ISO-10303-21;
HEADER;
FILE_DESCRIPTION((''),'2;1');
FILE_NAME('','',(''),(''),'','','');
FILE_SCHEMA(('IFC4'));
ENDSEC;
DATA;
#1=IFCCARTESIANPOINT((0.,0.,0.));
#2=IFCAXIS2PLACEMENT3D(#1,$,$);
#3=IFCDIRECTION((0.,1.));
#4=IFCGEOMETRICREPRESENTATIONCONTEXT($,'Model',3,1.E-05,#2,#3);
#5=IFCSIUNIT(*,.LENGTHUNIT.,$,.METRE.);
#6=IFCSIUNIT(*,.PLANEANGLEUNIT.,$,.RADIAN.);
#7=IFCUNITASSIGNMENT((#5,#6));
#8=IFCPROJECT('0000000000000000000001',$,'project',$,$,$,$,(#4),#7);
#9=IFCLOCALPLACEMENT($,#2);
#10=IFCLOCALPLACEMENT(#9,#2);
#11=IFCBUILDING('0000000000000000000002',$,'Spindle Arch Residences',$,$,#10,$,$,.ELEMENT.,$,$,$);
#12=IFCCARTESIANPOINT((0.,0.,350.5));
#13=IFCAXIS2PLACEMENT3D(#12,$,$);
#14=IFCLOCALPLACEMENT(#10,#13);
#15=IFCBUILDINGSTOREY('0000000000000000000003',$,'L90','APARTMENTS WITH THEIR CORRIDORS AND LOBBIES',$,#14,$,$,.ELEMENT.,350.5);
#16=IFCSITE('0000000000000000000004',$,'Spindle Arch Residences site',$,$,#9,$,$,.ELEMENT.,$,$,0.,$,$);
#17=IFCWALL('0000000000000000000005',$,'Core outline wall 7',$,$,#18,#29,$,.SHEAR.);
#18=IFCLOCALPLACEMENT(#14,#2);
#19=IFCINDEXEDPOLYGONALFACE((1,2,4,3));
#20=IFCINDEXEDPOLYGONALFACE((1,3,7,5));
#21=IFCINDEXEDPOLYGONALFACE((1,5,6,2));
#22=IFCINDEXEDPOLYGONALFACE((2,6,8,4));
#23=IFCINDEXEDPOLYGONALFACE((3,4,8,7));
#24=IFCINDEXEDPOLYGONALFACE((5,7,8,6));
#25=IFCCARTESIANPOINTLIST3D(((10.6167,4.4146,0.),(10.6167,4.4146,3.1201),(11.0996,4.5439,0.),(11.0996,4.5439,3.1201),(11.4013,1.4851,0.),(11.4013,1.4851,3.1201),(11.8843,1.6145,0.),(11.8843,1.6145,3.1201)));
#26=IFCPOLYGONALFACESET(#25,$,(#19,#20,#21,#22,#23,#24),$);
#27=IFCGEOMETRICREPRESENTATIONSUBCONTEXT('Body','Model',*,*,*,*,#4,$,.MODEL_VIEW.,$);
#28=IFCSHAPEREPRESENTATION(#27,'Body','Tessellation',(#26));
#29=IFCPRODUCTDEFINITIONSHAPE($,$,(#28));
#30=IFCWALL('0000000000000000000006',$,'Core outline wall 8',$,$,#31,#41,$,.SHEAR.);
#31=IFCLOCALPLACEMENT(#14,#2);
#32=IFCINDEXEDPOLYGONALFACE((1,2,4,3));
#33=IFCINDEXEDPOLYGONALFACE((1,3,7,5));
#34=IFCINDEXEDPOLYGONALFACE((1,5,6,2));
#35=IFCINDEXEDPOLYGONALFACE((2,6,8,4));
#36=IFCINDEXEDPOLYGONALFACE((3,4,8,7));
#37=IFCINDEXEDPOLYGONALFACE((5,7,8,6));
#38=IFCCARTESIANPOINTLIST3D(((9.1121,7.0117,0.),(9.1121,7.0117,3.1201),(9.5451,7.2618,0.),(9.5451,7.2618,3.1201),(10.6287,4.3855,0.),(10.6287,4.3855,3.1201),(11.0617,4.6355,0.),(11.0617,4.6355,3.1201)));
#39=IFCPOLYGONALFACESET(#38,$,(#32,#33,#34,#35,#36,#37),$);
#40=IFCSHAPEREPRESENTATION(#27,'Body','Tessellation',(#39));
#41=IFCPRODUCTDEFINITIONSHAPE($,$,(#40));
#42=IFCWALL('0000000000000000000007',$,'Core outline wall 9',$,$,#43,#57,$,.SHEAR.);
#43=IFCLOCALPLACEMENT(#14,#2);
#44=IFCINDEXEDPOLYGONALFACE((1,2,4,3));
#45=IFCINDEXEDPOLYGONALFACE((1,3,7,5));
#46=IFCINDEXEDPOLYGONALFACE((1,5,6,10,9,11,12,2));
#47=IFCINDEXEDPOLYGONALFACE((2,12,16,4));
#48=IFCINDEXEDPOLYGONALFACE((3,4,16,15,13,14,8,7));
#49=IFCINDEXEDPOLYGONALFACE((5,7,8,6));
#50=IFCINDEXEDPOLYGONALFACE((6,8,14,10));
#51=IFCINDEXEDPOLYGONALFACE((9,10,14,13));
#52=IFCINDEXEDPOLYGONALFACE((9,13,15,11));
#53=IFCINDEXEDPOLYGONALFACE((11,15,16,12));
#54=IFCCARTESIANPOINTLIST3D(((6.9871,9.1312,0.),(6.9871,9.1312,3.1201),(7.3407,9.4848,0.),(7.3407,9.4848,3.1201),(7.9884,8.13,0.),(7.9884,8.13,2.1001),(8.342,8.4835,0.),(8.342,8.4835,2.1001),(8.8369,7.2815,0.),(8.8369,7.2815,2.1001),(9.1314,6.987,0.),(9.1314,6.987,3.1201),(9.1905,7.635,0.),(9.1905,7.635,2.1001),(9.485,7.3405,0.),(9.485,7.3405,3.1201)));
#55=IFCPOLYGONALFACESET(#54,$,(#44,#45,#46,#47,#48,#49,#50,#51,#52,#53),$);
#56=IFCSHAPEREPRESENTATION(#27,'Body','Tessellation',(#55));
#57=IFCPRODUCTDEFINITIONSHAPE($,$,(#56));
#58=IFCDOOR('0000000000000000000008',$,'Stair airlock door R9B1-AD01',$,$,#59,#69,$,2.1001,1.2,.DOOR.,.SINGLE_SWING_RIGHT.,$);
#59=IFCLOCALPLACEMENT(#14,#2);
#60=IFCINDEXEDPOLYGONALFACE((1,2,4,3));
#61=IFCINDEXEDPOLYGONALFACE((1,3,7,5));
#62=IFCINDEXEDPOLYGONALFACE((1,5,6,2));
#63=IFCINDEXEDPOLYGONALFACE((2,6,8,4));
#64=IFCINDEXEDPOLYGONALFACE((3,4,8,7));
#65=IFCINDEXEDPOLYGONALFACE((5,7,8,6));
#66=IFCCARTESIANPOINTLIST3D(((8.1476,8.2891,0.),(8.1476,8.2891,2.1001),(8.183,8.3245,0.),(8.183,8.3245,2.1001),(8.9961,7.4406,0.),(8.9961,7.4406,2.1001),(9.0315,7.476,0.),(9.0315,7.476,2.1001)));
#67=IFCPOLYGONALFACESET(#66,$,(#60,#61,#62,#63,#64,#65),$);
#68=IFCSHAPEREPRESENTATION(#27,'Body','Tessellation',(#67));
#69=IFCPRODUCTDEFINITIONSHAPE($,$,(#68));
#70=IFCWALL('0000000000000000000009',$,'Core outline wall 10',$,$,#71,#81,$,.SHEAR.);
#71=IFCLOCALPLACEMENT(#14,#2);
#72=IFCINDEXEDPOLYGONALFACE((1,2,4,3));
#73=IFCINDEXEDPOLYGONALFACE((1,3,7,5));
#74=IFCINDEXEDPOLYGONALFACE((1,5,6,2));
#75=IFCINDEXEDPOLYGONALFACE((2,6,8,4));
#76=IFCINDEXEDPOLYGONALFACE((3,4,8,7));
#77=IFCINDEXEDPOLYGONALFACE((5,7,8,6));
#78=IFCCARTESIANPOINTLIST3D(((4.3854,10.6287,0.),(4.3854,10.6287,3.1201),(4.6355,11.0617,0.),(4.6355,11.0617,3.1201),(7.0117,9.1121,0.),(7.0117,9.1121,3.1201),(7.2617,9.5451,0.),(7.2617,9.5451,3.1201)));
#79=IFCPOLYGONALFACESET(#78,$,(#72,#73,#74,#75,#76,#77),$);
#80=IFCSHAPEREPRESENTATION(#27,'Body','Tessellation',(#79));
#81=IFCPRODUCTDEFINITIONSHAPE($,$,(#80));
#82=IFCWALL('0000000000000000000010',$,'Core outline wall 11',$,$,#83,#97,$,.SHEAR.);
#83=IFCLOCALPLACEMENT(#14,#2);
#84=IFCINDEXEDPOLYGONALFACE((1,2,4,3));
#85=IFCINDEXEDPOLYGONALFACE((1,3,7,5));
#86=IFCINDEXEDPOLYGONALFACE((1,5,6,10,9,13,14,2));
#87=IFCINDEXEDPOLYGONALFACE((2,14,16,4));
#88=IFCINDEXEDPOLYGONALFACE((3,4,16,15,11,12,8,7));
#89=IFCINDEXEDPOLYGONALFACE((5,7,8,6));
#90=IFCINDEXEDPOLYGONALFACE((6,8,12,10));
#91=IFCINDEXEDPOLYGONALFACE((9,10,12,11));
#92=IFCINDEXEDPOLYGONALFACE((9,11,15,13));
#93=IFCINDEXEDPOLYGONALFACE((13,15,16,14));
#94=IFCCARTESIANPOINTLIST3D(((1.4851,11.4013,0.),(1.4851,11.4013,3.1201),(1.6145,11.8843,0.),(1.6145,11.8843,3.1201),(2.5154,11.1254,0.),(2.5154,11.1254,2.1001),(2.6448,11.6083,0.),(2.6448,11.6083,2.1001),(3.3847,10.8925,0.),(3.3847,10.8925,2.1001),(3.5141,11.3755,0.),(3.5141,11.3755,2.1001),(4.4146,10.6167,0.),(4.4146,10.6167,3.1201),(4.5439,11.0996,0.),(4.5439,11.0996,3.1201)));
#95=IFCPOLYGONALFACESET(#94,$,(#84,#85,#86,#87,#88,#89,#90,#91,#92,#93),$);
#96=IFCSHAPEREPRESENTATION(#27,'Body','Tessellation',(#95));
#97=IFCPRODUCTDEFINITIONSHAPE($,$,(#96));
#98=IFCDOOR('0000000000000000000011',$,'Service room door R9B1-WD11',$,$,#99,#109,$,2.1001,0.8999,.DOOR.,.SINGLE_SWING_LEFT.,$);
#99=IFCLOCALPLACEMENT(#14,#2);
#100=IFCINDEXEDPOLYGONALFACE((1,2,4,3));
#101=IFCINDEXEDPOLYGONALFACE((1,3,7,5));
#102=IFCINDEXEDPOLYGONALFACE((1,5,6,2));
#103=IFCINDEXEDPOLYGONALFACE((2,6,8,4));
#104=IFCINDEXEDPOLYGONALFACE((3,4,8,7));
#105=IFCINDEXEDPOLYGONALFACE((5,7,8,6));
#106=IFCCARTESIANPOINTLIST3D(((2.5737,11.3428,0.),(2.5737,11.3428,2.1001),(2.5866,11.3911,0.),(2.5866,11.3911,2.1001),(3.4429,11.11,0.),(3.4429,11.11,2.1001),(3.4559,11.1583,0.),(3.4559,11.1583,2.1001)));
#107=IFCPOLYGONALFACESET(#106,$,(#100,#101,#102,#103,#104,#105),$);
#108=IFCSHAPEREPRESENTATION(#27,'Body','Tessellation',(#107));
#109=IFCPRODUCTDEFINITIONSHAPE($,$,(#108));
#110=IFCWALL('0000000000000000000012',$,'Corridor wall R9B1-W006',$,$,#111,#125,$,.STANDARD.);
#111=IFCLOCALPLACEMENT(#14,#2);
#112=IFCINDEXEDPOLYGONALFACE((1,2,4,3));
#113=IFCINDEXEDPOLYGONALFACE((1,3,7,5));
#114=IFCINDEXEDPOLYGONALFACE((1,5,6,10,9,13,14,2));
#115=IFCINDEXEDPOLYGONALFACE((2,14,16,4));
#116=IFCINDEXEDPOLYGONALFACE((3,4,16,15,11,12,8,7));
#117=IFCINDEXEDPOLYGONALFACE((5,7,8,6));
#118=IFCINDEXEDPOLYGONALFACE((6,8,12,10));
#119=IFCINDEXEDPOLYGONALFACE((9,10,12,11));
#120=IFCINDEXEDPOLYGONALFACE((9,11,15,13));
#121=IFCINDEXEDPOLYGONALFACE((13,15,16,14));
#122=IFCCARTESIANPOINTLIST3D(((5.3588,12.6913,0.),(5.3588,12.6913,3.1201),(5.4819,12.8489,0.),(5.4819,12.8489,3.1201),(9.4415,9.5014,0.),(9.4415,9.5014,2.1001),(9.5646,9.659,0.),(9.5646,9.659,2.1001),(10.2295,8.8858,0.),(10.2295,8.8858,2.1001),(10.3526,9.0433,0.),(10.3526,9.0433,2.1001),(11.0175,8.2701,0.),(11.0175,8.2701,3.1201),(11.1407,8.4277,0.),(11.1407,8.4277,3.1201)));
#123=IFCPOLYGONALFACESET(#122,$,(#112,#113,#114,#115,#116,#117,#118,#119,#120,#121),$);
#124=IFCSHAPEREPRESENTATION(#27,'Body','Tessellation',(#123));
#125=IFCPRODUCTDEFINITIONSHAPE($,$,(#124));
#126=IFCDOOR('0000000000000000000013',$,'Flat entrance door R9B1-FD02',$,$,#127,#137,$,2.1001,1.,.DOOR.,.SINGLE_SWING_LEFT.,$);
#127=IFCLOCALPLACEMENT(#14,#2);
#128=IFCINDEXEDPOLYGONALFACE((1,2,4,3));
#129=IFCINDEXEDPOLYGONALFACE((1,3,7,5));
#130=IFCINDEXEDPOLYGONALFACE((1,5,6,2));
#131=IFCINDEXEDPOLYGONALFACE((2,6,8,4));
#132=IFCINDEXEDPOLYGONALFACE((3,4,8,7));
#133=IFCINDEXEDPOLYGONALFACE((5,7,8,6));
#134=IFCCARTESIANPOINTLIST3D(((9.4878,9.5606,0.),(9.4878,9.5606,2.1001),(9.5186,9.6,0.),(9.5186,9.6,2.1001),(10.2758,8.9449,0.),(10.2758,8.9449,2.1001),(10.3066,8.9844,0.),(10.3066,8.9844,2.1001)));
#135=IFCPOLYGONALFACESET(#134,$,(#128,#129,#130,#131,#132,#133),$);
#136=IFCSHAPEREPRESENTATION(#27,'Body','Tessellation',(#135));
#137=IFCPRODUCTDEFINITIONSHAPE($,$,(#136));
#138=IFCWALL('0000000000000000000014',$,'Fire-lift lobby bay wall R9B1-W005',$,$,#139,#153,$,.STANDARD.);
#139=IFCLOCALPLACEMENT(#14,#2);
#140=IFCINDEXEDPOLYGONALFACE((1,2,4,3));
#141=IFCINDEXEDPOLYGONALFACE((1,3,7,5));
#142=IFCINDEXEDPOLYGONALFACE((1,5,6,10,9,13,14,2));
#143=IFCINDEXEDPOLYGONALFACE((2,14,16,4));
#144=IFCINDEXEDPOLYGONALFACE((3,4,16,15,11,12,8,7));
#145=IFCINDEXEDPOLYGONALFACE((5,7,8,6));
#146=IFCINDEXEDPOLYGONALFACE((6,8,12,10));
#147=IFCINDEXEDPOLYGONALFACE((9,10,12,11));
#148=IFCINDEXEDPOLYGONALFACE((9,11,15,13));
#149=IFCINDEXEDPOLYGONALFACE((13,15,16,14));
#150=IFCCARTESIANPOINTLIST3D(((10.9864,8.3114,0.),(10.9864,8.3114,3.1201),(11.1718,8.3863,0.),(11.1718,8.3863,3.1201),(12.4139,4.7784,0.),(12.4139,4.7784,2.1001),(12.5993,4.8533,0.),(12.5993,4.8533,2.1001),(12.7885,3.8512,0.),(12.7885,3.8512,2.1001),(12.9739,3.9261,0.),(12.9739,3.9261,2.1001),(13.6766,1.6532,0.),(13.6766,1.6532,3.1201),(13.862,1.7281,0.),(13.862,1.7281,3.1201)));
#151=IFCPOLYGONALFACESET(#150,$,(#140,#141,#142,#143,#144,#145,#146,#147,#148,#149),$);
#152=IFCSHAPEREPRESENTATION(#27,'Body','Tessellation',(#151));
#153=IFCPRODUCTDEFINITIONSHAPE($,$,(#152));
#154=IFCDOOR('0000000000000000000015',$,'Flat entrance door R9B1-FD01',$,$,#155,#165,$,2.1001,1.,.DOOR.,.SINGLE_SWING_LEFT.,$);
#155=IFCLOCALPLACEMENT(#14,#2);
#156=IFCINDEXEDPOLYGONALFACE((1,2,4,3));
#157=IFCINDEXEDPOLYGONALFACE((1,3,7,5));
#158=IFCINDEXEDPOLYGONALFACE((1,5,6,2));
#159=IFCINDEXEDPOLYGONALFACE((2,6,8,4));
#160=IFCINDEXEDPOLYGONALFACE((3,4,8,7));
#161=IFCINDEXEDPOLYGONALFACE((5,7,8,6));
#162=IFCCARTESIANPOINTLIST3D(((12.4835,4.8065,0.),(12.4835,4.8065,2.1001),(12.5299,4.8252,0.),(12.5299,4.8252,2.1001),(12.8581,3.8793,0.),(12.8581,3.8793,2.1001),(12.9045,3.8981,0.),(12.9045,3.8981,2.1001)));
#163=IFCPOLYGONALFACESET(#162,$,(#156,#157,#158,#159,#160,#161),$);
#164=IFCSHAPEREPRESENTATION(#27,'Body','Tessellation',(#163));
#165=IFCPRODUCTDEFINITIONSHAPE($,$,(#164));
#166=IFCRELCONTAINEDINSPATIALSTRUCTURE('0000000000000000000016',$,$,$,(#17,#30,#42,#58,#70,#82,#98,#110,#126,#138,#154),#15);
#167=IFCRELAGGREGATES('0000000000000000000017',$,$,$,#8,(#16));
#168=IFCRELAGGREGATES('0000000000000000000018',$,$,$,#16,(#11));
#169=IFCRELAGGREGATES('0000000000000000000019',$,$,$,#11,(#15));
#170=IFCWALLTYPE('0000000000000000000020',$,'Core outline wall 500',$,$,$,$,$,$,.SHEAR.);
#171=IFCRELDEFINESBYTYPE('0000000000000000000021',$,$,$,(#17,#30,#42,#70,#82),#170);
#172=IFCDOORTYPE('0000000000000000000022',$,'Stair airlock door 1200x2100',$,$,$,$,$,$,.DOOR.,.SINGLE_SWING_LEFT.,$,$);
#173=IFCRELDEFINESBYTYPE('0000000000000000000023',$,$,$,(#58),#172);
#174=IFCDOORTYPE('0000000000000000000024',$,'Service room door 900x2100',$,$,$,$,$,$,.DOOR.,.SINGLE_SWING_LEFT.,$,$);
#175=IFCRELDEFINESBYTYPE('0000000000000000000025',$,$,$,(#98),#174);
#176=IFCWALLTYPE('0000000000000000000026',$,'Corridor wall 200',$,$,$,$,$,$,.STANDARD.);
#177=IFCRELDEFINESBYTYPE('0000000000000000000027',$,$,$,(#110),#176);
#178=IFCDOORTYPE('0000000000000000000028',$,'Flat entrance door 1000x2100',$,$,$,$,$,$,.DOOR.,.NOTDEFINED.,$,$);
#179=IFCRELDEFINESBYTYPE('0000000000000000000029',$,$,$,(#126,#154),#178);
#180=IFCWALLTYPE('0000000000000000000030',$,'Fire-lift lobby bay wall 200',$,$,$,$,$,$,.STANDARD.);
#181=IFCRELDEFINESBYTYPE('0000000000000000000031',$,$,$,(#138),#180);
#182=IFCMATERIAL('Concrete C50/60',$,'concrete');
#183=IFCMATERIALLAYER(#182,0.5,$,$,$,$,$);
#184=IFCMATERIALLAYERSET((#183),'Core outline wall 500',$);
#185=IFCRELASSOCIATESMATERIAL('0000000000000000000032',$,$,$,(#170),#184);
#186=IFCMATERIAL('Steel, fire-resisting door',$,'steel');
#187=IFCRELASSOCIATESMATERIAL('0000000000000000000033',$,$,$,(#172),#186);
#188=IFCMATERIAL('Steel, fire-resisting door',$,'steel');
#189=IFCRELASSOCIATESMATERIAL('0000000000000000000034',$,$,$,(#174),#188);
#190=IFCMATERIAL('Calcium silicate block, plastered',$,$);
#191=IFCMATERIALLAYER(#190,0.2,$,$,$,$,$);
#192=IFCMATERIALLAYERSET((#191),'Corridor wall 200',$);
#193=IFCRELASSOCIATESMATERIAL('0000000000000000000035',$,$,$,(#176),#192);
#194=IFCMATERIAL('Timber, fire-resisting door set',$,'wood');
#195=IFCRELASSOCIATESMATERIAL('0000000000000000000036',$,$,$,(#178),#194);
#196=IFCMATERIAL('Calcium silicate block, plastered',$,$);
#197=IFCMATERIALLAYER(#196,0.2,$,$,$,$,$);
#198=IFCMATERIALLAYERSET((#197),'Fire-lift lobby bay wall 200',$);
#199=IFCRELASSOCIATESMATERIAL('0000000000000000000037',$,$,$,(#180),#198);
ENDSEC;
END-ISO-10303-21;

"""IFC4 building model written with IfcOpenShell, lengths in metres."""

from ifc_helpers import new_model, si_unit, direction, frame, frame_2d, origin, place, context, subcontext, project, spatial, rectangle, extrude, material, layer, layer_set, type_object, element, fill, save


model = new_model("IFC4")

# Units and contexts
model_context = context("Model", 3, precision=1e-05, world=origin(), true_north=direction((0.0, 1.0)))
body_context = subcontext(model_context, "Body", "Model", "MODEL_VIEW")
ifc_project = project(units=[si_unit("LENGTHUNIT", "METRE"), si_unit("PLANEANGLEUNIT", "RADIAN")], contexts=[model_context])

# Site, building, storey
site_placement = place(None, origin())
site = spatial("IfcSite", under=ifc_project, at=site_placement, Name="Spindle Arch Residences site", CompositionType="ELEMENT", RefElevation=0.0)
building_placement = place(site_placement, origin())
building = spatial("IfcBuilding", under=site, at=building_placement, Name="Spindle Arch Residences", CompositionType="ELEMENT")
storey_placement = place(building_placement, frame((0.0, 0.0, 350.5)))
storey = spatial("IfcBuildingStorey", under=building, at=storey_placement, Name="L90", Description="APARTMENTS WITH THEIR CORRIDORS AND LOBBIES", CompositionType="ELEMENT", Elevation=350.5)

# Walls
ifc_material_1 = material(Name="Concrete C50/60", Category="concrete")
ifc_layer_1 = layer(ifc_material_1, 0.5)
ifc_layer_set_1 = layer_set([ifc_layer_1], Name="Core outline wall 500")
wall_type_1 = type_object("IfcWallType", Name="Core outline wall 500", PredefinedType="SHEAR", material=ifc_layer_set_1)
for number, where, z_axis, x_axis, name in (
    (1, (11.6428, 1.5498, 0.0), (0.0, 0.0, 1.0), (-0.258735, 0.965948, 0.0), "Core outline wall 7"),
    (2, (10.8452, 4.5105, 0.0), (0.0, 0.0, 1.0), (-0.500087, 0.865975, 0.0), "Core outline wall 8"),
):
    element("IfcWall", number, at=place(storey_placement, frame(where, z_axis=z_axis, x_axis=x_axis)), inside=storey, type_object=wall_type_1, Name=name, PredefinedType="SHEAR", context=body_context, shape_type="SweptSolid", body=[
        extrude(rectangle(XDim=3.0327, YDim=0.5, at=frame_2d((1.5164, 0.0))), origin(), (0.0, 0.0, 1.0), 3.1201),
    ])

# Wall, opening, door
wall_1_placement = place(storey_placement, frame((9.3081, 7.1638, 0.0), z_axis=(0.0, 0.0, 1.0), x_axis=(-0.707107, 0.707107, 0.0)))
wall_1 = element("IfcWall", 3, at=wall_1_placement, inside=storey, type_object=wall_type_1, Name="Core outline wall 9", PredefinedType="SHEAR", context=body_context, shape_type="SweptSolid", body=[
    extrude(rectangle(XDim=3.0325, YDim=0.5, at=frame_2d((1.5161, 0.0))), origin(), (0.0, 0.0, 1.0), 3.1201),
])
opening_1_placement = place(wall_1_placement, frame((0.4163, 0.0, 0.0)))
opening_1 = element("IfcOpeningElement", 4, at=opening_1_placement, cuts=wall_1, PredefinedType="OPENING", context=body_context, shape_type="SweptSolid", body=[
    extrude(rectangle(XDim=1.2, YDim=2.1001, at=frame_2d((0.6001, 1.05))), frame((0.0, 0.26, 0.0), z_axis=(0.0, -1.0, 0.0), x_axis=(1.0, 0.0, 0.0)), (0.0, 0.0, 1.0), 0.52),
])
ifc_material_2 = material(Name="Steel, fire-resisting door", Category="steel")
door_type_1 = type_object("IfcDoorType", Name="Stair airlock door 1200x2100", OperationType="SINGLE_SWING_LEFT", PredefinedType="DOOR", material=ifc_material_2)
door_1_placement = place(opening_1_placement, origin())
door_1 = element("IfcDoor", 5, at=door_1_placement, inside=storey, type_object=door_type_1, Name="Stair airlock door R9B1-AD01", OperationType="SINGLE_SWING_RIGHT", OverallHeight=2.1001, OverallWidth=1.2, PredefinedType="DOOR", context=body_context, shape_type="SweptSolid", body=[
    extrude(rectangle(XDim=1.2, YDim=2.1001, at=frame_2d((0.6001, 1.05))), frame((0.0, 0.0249, 0.0), z_axis=(0.0, -1.0, 0.0), x_axis=(1.0, 0.0, 0.0)), (0.0, 0.0, 1.0), 0.05),
])
fill(opening_1, door_1)

# Wall
wall_2_placement = place(storey_placement, frame((7.1367, 9.3286, 0.0), z_axis=(0.0, 0.0, 1.0), x_axis=(-0.865975, 0.500087, 0.0)))
element("IfcWall", 6, at=wall_2_placement, inside=storey, type_object=wall_type_1, Name="Core outline wall 10", PredefinedType="SHEAR", context=body_context, shape_type="SweptSolid", body=[
    extrude(rectangle(XDim=3.0327, YDim=0.5, at=frame_2d((1.5164, 0.0))), origin(), (0.0, 0.0, 1.0), 3.1201),
])

# Walls, openings, doors
wall_3_placement = place(storey_placement, frame((4.4792, 10.8582, 0.0), z_axis=(0.0, 0.0, 1.0), x_axis=(-0.965948, 0.258735, 0.0)))
wall_3 = element("IfcWall", 7, at=wall_3_placement, inside=storey, type_object=wall_type_1, Name="Core outline wall 11", PredefinedType="SHEAR", context=body_context, shape_type="SweptSolid", body=[
    extrude(rectangle(XDim=3.0327, YDim=0.5, at=frame_2d((1.5164, 0.0))), origin(), (0.0, 0.0, 1.0), 3.1201),
])
opening_2_placement = place(wall_3_placement, frame((1.0662, 0.0, 0.0)))
opening_2 = element("IfcOpeningElement", 8, at=opening_2_placement, cuts=wall_3, PredefinedType="OPENING", context=body_context, shape_type="SweptSolid", body=[
    extrude(rectangle(XDim=0.8999, YDim=2.1001, at=frame_2d((0.45, 1.05))), frame((0.0, 0.26, 0.0), z_axis=(0.0, -1.0, 0.0), x_axis=(1.0, 0.0, 0.0)), (0.0, 0.0, 1.0), 0.52),
])
ifc_material_3 = material(Name="Steel, fire-resisting door", Category="steel")
door_type_2 = type_object("IfcDoorType", Name="Service room door 900x2100", OperationType="SINGLE_SWING_LEFT", PredefinedType="DOOR", material=ifc_material_3)
door_2_placement = place(opening_2_placement, origin())
door_2 = element("IfcDoor", 9, at=door_2_placement, inside=storey, type_object=door_type_2, Name="Service room door R9B1-WD11", OperationType="SINGLE_SWING_LEFT", OverallHeight=2.1001, OverallWidth=0.8999, PredefinedType="DOOR", context=body_context, shape_type="SweptSolid", body=[
    extrude(rectangle(XDim=0.8999, YDim=2.1001, at=frame_2d((0.45, 1.05))), frame((0.0, 0.0249, 0.0), z_axis=(0.0, -1.0, 0.0), x_axis=(1.0, 0.0, 0.0)), (0.0, 0.0, 1.0), 0.05),
])
fill(opening_2, door_2)
ifc_material_4 = material(Name="Calcium silicate block, plastered")
ifc_layer_2 = layer(ifc_material_4, 0.2)
ifc_layer_set_2 = layer_set([ifc_layer_2], Name="Corridor wall 200")
wall_type_2 = type_object("IfcWallType", Name="Corridor wall 200", PredefinedType="STANDARD", material=ifc_layer_set_2)
wall_4_placement = place(storey_placement, frame((11.0791, 8.3489, 0.0), z_axis=(0.0, 0.0, 1.0), x_axis=(-0.788005, 0.615669, 0.0)))
wall_4 = element("IfcWall", 10, at=wall_4_placement, inside=storey, type_object=wall_type_2, Name="Corridor wall R9B1-W006", PredefinedType="STANDARD", context=body_context, shape_type="SweptSolid", body=[
    extrude(rectangle(XDim=7.1812, YDim=0.2, at=frame_2d((3.5906, 0.0))), origin(), (0.0, 0.0, 1.0), 3.1201),
])
opening_3_placement = place(wall_4_placement, frame((1.0, 0.0, 0.0)))
opening_3 = element("IfcOpeningElement", 11, at=opening_3_placement, cuts=wall_4, PredefinedType="OPENING", context=body_context, shape_type="SweptSolid", body=[
    extrude(rectangle(XDim=1.0, YDim=2.1001, at=frame_2d((0.5, 1.05))), frame((0.0, 0.1099, 0.0), z_axis=(0.0, -1.0, 0.0), x_axis=(1.0, 0.0, 0.0)), (0.0, 0.0, 1.0), 0.22),
])
ifc_material_5 = material(Name="Timber, fire-resisting door set", Category="wood")
door_type_3 = type_object("IfcDoorType", Name="Flat entrance door 1000x2100", OperationType="NOTDEFINED", PredefinedType="DOOR", material=ifc_material_5)
door_3_placement = place(opening_3_placement, origin())
door_3 = element("IfcDoor", 12, at=door_3_placement, inside=storey, type_object=door_type_3, Name="Flat entrance door R9B1-FD02", OperationType="SINGLE_SWING_LEFT", OverallHeight=2.1001, OverallWidth=1.0, PredefinedType="DOOR", context=body_context, shape_type="SweptSolid", body=[
    extrude(rectangle(XDim=1.0, YDim=2.1001, at=frame_2d((0.5, 1.05))), frame((0.0, 0.0249, 0.0), z_axis=(0.0, -1.0, 0.0), x_axis=(1.0, 0.0, 0.0)), (0.0, 0.0, 1.0), 0.05),
])
fill(opening_3, door_3)
ifc_material_6 = material(Name="Calcium silicate block, plastered")
ifc_layer_3 = layer(ifc_material_6, 0.2)
ifc_layer_set_3 = layer_set([ifc_layer_3], Name="Fire-lift lobby bay wall 200")
wall_type_3 = type_object("IfcWallType", Name="Fire-lift lobby bay wall 200", PredefinedType="STANDARD", material=ifc_layer_set_3)
wall_5_placement = place(storey_placement, frame((13.7693, 1.6907, 0.0), z_axis=(0.0, 0.0, 1.0), x_axis=(-0.374618, 0.927179, 0.0)))
wall_5 = element("IfcWall", 13, at=wall_5_placement, inside=storey, type_object=wall_type_3, Name="Fire-lift lobby bay wall R9B1-W005", PredefinedType="STANDARD", context=body_context, shape_type="SweptSolid", body=[
    extrude(rectangle(XDim=7.1812, YDim=0.2, at=frame_2d((3.5906, 0.0))), origin(), (0.0, 0.0, 1.0), 3.1201),
])
opening_4_placement = place(wall_5_placement, frame((2.3706, 0.0, 0.0)))
opening_4 = element("IfcOpeningElement", 14, at=opening_4_placement, cuts=wall_5, PredefinedType="OPENING", context=body_context, shape_type="SweptSolid", body=[
    extrude(rectangle(XDim=1.0, YDim=2.1001, at=frame_2d((0.5, 1.05))), frame((0.0, 0.1099, 0.0), z_axis=(0.0, -1.0, 0.0), x_axis=(1.0, 0.0, 0.0)), (0.0, 0.0, 1.0), 0.22),
])
door_4_placement = place(opening_4_placement, origin())
door_4 = element("IfcDoor", 15, at=door_4_placement, inside=storey, type_object=door_type_3, Name="Flat entrance door R9B1-FD01", OperationType="SINGLE_SWING_LEFT", OverallHeight=2.1001, OverallWidth=1.0, PredefinedType="DOOR", context=body_context, shape_type="SweptSolid", body=[
    extrude(rectangle(XDim=1.0, YDim=2.1001, at=frame_2d((0.5, 1.05))), frame((0.0, 0.0249, 0.0), z_axis=(0.0, -1.0, 0.0), x_axis=(1.0, 0.0, 0.0)), (0.0, 0.0, 1.0), 0.05),
])
fill(opening_4, door_4)

save(model, "model.ifc")
